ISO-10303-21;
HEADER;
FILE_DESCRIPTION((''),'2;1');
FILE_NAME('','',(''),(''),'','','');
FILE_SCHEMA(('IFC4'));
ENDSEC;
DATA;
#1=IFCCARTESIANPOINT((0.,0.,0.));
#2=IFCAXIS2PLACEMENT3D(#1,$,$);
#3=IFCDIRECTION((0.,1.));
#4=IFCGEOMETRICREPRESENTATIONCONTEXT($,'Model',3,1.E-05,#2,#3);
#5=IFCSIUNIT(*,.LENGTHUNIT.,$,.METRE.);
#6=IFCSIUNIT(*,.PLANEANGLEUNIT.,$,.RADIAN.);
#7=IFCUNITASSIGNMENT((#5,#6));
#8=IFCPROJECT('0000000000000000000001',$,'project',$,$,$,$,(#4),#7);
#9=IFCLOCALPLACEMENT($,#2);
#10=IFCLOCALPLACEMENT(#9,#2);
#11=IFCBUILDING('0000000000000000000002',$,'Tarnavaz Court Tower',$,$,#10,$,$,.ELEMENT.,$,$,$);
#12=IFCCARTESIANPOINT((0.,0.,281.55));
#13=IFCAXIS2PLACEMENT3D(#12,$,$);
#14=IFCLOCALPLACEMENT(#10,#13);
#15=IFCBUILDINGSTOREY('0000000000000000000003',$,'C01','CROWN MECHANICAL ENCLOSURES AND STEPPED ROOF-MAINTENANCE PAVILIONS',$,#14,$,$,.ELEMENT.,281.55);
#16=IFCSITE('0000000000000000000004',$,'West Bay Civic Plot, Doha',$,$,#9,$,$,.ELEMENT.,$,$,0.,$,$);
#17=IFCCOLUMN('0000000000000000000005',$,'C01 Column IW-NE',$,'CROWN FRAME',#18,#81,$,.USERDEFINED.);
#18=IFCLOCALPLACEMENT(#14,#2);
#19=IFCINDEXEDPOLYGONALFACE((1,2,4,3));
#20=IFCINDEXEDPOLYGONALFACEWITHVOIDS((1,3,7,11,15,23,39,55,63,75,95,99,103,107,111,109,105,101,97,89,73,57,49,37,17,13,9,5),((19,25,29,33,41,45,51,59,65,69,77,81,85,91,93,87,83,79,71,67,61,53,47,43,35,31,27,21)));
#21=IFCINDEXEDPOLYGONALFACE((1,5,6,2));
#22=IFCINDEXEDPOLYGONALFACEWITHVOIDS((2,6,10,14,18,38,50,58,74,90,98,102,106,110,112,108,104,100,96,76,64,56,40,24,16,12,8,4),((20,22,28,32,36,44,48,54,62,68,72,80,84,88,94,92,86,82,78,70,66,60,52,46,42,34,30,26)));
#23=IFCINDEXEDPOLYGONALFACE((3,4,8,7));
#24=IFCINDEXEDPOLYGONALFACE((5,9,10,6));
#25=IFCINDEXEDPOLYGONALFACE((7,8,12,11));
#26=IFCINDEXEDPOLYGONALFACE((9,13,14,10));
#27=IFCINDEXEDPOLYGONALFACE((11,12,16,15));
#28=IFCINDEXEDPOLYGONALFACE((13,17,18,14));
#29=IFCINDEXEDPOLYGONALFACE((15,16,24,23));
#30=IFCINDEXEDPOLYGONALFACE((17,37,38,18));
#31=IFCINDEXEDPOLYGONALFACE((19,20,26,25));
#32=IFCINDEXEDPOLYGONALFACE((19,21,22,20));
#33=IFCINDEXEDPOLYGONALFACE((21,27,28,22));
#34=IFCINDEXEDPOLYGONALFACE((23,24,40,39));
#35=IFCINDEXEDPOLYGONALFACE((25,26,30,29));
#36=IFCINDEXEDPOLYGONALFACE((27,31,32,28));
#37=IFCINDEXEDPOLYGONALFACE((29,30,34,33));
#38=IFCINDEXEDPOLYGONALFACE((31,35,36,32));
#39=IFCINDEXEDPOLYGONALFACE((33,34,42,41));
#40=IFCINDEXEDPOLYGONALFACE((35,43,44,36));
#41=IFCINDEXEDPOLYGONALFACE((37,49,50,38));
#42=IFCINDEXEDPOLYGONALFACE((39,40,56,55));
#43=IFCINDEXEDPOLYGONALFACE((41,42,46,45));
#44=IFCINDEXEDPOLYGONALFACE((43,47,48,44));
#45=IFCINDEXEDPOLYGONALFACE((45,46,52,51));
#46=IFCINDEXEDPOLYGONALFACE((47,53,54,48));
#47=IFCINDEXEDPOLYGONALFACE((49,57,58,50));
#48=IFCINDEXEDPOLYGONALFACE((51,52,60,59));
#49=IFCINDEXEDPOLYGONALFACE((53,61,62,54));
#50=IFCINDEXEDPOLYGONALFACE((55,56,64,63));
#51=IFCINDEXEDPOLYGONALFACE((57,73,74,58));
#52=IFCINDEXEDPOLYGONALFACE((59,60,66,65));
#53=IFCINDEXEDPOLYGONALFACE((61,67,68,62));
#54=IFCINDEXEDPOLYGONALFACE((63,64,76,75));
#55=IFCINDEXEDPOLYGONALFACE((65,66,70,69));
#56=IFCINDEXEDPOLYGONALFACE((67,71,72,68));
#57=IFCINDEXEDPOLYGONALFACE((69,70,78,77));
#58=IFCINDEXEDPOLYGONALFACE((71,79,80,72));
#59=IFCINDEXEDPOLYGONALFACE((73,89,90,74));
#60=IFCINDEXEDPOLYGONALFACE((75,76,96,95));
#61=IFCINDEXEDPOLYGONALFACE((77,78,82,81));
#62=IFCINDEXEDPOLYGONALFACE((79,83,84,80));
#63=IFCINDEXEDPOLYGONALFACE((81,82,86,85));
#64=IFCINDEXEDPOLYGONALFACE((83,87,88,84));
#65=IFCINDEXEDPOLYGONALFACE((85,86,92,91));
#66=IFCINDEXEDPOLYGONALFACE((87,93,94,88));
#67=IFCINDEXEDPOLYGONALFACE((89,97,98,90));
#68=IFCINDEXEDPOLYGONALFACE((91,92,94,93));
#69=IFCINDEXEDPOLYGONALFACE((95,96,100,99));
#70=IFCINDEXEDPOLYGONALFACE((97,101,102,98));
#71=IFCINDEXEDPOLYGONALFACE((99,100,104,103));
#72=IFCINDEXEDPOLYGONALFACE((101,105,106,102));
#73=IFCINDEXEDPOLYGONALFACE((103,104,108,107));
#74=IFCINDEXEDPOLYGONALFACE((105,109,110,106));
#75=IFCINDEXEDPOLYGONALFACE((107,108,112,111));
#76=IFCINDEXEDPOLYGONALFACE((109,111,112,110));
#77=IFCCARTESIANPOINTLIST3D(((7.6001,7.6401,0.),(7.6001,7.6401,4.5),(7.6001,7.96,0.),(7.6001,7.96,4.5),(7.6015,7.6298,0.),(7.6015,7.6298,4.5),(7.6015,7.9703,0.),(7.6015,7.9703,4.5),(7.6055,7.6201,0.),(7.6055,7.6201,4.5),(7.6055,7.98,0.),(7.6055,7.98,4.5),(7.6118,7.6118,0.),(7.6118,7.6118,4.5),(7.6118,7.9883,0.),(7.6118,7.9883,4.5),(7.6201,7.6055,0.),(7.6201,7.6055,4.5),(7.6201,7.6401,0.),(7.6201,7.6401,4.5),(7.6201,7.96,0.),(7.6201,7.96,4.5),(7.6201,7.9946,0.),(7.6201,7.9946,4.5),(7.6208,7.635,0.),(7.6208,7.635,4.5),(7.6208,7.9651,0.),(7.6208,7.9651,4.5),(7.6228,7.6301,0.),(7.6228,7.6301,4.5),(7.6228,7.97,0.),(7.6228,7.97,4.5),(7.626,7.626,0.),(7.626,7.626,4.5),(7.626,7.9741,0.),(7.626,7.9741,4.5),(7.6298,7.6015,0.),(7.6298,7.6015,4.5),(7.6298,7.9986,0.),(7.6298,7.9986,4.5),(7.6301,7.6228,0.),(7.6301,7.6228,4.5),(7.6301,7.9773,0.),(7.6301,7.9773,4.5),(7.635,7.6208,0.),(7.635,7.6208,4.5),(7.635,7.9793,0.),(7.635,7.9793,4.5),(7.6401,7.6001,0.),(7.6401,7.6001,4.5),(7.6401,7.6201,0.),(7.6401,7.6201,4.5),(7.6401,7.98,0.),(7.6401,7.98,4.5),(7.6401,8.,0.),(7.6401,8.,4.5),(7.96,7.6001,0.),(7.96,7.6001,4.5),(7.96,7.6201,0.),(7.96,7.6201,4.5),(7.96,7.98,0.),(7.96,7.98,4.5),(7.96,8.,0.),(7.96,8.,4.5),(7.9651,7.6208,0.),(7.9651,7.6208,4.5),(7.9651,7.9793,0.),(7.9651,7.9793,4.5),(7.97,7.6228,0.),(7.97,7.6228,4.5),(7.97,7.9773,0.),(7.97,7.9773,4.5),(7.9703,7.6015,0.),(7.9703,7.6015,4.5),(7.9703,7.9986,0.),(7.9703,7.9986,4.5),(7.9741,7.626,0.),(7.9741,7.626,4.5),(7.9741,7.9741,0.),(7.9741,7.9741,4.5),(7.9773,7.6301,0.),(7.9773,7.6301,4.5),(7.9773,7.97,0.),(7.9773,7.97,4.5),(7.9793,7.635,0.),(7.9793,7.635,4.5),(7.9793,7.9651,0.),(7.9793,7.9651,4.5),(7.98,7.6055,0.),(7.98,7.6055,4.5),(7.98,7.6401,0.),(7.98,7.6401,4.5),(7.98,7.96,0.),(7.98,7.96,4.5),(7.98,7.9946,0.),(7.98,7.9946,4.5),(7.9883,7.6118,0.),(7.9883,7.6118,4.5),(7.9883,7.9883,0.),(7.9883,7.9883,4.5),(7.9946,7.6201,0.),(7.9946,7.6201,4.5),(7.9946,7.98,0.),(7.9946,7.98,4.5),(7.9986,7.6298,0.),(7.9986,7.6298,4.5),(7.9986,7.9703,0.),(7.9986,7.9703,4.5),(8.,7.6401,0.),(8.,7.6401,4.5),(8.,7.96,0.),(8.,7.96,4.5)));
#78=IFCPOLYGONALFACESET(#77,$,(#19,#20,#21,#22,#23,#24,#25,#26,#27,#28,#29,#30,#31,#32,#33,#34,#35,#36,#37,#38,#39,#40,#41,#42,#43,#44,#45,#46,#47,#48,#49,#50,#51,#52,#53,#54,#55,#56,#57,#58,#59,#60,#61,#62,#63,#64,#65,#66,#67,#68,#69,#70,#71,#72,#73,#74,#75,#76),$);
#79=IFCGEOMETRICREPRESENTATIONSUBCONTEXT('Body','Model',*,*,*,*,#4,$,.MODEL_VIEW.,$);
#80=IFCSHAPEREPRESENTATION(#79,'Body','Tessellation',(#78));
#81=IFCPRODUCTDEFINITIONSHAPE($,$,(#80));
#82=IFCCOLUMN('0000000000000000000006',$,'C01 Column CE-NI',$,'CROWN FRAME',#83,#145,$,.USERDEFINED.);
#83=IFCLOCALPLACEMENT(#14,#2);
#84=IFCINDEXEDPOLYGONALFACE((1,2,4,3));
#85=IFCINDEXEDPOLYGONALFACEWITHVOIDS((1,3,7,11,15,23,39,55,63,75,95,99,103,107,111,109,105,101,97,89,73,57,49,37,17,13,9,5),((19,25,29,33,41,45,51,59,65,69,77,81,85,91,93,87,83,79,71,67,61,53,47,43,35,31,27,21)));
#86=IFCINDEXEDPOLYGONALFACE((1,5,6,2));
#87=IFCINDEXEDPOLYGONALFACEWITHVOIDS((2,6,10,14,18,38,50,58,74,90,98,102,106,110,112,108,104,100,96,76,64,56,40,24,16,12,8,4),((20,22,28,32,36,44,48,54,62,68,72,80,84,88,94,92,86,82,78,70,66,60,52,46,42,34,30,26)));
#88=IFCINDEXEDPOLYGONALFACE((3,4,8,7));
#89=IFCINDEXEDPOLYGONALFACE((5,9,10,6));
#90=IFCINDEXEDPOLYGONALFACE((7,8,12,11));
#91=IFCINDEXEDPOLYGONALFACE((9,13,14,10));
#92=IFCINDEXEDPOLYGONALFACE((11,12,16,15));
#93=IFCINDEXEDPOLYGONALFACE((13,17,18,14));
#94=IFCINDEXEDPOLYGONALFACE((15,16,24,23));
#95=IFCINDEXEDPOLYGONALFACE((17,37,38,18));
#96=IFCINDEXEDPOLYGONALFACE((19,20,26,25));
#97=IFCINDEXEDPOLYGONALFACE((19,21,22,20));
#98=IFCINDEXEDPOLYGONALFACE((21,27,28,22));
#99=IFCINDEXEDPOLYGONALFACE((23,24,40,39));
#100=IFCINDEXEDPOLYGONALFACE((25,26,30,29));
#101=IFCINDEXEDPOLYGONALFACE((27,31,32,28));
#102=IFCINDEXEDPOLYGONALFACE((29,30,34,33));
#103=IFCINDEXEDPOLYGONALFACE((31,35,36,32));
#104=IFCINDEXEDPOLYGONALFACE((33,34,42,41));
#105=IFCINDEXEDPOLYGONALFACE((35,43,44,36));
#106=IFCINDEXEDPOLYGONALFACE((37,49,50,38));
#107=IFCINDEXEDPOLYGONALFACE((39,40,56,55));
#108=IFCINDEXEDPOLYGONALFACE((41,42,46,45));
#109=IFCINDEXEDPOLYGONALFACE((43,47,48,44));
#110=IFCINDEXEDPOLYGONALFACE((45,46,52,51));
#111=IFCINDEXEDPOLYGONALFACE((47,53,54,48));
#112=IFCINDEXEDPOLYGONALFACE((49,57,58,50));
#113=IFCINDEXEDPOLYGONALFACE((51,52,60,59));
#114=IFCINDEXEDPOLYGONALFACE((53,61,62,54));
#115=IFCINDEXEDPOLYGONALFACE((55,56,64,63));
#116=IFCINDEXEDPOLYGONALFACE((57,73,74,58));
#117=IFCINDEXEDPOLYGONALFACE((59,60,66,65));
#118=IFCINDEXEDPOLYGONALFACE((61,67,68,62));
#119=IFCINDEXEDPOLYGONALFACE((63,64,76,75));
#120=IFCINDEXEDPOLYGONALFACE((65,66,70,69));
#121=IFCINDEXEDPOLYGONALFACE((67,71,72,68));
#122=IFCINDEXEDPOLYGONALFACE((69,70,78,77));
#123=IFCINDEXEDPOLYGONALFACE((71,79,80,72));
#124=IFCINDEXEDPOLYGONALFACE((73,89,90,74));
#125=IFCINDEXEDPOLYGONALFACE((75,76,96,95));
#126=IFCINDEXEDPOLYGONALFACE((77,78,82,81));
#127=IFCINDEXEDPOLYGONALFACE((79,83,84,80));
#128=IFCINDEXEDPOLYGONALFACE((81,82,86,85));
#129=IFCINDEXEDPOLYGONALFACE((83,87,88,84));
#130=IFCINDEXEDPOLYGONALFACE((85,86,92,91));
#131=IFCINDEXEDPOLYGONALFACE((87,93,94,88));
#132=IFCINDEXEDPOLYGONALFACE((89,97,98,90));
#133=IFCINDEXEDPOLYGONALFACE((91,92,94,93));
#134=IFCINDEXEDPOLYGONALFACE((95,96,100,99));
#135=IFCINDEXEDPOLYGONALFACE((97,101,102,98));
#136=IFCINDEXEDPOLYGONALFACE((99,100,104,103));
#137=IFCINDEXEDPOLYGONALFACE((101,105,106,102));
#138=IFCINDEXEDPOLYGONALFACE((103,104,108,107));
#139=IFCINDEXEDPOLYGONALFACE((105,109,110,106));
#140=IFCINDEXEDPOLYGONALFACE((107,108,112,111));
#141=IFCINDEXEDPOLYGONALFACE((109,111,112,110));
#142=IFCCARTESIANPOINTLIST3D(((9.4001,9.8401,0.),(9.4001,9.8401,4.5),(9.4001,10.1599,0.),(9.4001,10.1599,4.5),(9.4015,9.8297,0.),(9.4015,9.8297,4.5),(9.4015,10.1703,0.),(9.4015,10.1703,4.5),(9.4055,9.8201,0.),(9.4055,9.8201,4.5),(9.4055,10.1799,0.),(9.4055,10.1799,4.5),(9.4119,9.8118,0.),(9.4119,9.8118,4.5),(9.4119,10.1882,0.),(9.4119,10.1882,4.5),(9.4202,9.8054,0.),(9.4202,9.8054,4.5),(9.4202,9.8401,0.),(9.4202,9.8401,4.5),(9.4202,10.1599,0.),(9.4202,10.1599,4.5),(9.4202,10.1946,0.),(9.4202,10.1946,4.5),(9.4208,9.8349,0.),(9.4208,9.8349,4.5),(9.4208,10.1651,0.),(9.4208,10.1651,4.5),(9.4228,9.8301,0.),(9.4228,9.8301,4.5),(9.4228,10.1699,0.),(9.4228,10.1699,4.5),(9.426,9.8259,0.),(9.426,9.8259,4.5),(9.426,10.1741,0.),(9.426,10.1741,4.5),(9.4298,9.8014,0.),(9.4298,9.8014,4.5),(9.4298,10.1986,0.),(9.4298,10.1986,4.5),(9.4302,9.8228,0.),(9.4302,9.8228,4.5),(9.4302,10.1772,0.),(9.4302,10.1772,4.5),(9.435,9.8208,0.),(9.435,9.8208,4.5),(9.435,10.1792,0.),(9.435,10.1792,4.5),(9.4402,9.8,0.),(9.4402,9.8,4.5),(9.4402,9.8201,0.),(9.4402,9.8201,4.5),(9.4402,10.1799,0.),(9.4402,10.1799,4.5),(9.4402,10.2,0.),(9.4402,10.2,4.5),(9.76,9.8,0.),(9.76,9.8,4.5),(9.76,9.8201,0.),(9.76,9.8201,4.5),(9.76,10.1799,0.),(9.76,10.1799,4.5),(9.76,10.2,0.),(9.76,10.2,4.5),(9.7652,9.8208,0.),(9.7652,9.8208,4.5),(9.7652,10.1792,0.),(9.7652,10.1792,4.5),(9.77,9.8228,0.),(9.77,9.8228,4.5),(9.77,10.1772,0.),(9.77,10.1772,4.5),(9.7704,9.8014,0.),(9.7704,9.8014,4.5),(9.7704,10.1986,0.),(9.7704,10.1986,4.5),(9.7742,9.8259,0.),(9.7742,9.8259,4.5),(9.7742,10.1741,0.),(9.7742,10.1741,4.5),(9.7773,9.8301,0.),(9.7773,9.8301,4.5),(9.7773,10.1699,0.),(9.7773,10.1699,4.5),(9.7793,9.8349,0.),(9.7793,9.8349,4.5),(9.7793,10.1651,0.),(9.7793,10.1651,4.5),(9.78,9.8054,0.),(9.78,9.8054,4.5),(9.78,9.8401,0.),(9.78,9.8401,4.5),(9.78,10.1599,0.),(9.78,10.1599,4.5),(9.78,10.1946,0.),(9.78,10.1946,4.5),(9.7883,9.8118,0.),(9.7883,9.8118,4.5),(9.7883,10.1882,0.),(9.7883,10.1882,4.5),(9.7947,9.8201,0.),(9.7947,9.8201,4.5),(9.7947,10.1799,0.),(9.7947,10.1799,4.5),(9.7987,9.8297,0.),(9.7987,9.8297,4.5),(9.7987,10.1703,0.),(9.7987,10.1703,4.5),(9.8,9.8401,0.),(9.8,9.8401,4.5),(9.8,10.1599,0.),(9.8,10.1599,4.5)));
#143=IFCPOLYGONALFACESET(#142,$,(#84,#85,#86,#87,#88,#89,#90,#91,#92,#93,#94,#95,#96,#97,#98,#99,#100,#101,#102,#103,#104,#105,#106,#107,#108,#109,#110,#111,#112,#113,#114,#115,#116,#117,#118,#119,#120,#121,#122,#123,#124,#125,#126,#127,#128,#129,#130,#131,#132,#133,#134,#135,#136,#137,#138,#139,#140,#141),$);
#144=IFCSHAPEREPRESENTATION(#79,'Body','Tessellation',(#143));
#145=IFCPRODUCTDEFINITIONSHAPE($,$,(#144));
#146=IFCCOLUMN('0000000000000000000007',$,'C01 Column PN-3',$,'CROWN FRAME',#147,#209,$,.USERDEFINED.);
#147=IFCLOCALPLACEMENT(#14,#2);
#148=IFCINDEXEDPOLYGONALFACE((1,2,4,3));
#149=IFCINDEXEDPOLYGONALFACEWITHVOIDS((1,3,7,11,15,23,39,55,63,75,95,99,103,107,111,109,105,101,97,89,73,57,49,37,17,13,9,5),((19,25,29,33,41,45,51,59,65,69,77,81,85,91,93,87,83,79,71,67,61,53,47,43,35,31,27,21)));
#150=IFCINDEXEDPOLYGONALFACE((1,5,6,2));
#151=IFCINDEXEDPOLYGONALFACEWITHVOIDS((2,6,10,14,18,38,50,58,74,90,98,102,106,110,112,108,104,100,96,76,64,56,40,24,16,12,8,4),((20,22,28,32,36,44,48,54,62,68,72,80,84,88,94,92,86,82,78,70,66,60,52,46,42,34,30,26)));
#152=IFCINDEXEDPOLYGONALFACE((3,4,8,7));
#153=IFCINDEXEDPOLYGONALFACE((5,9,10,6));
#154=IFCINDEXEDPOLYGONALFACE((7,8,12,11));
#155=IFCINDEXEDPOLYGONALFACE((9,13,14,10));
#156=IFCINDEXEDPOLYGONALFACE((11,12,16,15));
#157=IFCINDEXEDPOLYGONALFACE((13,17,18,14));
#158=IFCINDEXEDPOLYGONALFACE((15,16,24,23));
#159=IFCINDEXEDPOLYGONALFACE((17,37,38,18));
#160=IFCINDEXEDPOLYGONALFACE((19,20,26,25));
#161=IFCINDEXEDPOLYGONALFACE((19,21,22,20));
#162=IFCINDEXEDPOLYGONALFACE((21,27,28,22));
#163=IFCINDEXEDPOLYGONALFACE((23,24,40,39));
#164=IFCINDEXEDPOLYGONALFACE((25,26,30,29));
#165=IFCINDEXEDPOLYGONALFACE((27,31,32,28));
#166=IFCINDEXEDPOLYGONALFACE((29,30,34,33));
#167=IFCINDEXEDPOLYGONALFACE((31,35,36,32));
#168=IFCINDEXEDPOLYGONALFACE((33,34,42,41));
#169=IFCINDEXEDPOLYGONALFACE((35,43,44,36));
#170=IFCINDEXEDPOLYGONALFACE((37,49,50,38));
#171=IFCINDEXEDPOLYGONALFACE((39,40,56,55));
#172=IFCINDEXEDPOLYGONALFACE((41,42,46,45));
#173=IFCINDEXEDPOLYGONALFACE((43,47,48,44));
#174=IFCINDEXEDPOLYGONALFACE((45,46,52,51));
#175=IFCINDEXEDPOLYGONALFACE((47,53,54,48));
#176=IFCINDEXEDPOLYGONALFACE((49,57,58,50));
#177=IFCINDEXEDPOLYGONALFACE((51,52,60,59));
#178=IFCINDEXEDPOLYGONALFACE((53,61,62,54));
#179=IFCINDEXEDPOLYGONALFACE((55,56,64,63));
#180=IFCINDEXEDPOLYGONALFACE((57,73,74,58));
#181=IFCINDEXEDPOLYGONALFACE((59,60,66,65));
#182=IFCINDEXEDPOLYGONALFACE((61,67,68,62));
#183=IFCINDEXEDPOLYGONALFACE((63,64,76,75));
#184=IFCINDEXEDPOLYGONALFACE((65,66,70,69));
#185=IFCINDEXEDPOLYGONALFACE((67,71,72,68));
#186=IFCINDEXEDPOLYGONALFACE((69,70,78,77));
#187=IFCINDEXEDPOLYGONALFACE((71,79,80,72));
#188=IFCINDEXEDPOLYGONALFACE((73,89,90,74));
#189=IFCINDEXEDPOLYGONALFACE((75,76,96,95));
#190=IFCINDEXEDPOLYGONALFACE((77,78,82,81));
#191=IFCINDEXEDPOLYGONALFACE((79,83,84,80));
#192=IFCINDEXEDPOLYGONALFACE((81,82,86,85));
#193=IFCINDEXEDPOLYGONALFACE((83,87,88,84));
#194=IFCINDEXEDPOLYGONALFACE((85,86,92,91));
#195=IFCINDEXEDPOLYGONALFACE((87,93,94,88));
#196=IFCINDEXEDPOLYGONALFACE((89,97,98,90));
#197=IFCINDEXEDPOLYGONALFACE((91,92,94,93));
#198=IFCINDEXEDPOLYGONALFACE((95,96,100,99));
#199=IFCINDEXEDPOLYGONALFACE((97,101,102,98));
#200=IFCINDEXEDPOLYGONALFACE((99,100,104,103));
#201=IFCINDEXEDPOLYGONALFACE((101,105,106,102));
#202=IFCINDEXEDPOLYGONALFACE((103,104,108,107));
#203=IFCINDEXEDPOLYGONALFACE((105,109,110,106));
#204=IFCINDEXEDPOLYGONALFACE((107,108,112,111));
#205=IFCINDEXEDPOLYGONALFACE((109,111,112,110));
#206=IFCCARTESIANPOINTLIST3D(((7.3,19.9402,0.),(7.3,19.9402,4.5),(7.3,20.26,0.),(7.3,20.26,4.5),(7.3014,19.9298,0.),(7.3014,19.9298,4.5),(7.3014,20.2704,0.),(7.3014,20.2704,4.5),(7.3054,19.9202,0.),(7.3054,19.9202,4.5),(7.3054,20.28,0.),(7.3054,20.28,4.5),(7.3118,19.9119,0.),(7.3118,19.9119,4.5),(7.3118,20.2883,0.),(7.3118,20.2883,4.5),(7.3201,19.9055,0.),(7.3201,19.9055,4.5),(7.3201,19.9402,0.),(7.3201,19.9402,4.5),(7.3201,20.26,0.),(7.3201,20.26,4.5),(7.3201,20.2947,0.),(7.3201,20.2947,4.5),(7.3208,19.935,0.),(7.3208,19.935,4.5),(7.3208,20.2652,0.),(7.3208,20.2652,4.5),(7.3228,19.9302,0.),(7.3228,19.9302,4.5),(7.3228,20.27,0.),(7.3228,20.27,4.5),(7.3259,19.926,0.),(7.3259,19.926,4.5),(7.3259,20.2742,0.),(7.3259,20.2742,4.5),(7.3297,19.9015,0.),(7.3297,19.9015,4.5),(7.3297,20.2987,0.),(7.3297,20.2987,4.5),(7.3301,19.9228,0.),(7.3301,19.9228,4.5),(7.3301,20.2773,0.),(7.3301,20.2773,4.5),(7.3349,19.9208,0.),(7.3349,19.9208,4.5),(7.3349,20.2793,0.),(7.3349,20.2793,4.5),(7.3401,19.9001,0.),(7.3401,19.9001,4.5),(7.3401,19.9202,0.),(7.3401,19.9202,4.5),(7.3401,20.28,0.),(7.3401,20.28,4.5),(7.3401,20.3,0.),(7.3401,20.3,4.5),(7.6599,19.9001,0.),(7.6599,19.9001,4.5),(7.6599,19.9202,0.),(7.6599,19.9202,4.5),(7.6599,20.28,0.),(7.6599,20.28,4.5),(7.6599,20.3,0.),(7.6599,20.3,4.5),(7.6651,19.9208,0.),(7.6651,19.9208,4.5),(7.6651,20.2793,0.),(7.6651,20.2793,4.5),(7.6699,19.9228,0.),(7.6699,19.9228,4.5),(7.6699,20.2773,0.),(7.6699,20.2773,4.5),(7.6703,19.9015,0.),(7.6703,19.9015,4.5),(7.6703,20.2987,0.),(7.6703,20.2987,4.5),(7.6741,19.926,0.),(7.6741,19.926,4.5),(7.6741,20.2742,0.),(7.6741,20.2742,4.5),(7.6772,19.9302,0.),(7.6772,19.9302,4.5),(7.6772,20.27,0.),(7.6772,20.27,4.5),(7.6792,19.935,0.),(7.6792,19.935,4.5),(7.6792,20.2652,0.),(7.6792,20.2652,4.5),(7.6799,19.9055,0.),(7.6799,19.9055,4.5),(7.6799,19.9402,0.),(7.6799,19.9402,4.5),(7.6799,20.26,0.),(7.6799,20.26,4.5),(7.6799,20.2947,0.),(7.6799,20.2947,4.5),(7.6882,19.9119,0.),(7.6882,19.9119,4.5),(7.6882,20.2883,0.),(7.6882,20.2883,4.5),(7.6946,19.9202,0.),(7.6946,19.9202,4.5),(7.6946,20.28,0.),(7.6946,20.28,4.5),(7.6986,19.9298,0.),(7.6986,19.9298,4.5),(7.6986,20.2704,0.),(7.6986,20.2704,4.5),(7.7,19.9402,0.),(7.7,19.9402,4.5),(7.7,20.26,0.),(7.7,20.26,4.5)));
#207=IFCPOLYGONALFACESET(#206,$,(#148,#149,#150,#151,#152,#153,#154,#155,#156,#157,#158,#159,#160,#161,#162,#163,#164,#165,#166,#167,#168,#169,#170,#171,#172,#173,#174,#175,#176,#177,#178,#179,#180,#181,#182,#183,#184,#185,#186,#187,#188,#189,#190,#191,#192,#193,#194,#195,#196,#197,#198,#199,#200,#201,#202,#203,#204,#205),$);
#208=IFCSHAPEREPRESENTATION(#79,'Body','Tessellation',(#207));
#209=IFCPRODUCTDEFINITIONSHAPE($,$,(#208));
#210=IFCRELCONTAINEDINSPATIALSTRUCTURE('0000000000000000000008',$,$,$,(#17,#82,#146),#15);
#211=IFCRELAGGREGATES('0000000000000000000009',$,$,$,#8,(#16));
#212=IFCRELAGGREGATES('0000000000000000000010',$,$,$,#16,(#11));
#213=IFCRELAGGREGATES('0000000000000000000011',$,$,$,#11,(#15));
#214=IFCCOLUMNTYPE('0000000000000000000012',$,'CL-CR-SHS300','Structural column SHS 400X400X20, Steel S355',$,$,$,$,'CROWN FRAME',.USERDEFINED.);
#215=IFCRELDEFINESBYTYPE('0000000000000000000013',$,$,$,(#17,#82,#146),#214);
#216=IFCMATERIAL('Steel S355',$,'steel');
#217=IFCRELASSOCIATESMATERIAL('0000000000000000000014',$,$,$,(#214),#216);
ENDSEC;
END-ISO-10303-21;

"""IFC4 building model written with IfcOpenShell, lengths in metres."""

from ifc_helpers import new_model, si_unit, direction, frame, origin, origin_2d, place, context, subcontext, project, spatial, hollow_rectangle, extrude, material, material_profile, profile_set, type_object, element, save


model = new_model("IFC4")

# Units and contexts
model_context = context("Model", 3, precision=1e-05, world=origin(), true_north=direction((0.0, 1.0)))
body_context = subcontext(model_context, "Body", "Model", "MODEL_VIEW")
ifc_project = project(units=[si_unit("LENGTHUNIT", "METRE"), si_unit("PLANEANGLEUNIT", "RADIAN")], contexts=[model_context])

# Site, building, storey
site_placement = place(None, origin())
site = spatial("IfcSite", under=ifc_project, at=site_placement, Name="West Bay Civic Plot, Doha", CompositionType="ELEMENT", RefElevation=0.0)
building_placement = place(site_placement, origin())
building = spatial("IfcBuilding", under=site, at=building_placement, Name="Tarnavaz Court Tower", CompositionType="ELEMENT")
storey_placement = place(building_placement, frame((0.0, 0.0, 281.55)))
storey = spatial("IfcBuildingStorey", under=building, at=storey_placement, Name="C01", Description="CROWN MECHANICAL ENCLOSURES AND STEPPED ROOF-MAINTENANCE PAVILIONS", CompositionType="ELEMENT", Elevation=281.55)

# Columns
ifc_material_1 = material(Name="Steel S355", Category="steel")
ifc_material_profile_1 = material_profile(ifc_material_1, hollow_rectangle(XDim=0.3999, YDim=0.3999, WallThickness=0.02, InnerFilletRadius=0.02, OuterFilletRadius=0.04, at=origin_2d()), Name="SHS 400X400X20")
ifc_profile_set_1 = profile_set([ifc_material_profile_1], Name="Steel S355")
column_type = type_object("IfcColumnType", Name="CL-CR-SHS300", Description="Structural column SHS 400X400X20, Steel S355", ElementType="CROWN FRAME", PredefinedType="USERDEFINED", material=ifc_profile_set_1)
for number, where, z_axis, x_axis, name in (
    (1, (7.8, 7.8, 0.0), (0.0, 0.0, 1.0), (1.0, 0.0, 0.0), "C01 Column IW-NE"),
    (2, (9.6001, 10.0, 0.0), (0.0, 0.0, 1.0), (1.0, 0.0, 0.0), "C01 Column CE-NI"),
    (3, (7.5, 20.1001, 0.0), (0.0, 0.0, 1.0), (1.0, 0.0, 0.0), "C01 Column PN-3"),
):
    element("IfcColumn", number, at=place(storey_placement, frame(where, z_axis=z_axis, x_axis=x_axis)), inside=storey, type_object=column_type, Name=name, ObjectType="CROWN FRAME", PredefinedType="USERDEFINED", context=body_context, shape_type="SweptSolid", body=[
        extrude(hollow_rectangle(XDim=0.3999, YDim=0.3999, WallThickness=0.02, InnerFilletRadius=0.02, OuterFilletRadius=0.04, at=origin_2d()), origin(), (0.0, 0.0, 1.0), 4.5),
    ])

save(model, "model.ifc")
